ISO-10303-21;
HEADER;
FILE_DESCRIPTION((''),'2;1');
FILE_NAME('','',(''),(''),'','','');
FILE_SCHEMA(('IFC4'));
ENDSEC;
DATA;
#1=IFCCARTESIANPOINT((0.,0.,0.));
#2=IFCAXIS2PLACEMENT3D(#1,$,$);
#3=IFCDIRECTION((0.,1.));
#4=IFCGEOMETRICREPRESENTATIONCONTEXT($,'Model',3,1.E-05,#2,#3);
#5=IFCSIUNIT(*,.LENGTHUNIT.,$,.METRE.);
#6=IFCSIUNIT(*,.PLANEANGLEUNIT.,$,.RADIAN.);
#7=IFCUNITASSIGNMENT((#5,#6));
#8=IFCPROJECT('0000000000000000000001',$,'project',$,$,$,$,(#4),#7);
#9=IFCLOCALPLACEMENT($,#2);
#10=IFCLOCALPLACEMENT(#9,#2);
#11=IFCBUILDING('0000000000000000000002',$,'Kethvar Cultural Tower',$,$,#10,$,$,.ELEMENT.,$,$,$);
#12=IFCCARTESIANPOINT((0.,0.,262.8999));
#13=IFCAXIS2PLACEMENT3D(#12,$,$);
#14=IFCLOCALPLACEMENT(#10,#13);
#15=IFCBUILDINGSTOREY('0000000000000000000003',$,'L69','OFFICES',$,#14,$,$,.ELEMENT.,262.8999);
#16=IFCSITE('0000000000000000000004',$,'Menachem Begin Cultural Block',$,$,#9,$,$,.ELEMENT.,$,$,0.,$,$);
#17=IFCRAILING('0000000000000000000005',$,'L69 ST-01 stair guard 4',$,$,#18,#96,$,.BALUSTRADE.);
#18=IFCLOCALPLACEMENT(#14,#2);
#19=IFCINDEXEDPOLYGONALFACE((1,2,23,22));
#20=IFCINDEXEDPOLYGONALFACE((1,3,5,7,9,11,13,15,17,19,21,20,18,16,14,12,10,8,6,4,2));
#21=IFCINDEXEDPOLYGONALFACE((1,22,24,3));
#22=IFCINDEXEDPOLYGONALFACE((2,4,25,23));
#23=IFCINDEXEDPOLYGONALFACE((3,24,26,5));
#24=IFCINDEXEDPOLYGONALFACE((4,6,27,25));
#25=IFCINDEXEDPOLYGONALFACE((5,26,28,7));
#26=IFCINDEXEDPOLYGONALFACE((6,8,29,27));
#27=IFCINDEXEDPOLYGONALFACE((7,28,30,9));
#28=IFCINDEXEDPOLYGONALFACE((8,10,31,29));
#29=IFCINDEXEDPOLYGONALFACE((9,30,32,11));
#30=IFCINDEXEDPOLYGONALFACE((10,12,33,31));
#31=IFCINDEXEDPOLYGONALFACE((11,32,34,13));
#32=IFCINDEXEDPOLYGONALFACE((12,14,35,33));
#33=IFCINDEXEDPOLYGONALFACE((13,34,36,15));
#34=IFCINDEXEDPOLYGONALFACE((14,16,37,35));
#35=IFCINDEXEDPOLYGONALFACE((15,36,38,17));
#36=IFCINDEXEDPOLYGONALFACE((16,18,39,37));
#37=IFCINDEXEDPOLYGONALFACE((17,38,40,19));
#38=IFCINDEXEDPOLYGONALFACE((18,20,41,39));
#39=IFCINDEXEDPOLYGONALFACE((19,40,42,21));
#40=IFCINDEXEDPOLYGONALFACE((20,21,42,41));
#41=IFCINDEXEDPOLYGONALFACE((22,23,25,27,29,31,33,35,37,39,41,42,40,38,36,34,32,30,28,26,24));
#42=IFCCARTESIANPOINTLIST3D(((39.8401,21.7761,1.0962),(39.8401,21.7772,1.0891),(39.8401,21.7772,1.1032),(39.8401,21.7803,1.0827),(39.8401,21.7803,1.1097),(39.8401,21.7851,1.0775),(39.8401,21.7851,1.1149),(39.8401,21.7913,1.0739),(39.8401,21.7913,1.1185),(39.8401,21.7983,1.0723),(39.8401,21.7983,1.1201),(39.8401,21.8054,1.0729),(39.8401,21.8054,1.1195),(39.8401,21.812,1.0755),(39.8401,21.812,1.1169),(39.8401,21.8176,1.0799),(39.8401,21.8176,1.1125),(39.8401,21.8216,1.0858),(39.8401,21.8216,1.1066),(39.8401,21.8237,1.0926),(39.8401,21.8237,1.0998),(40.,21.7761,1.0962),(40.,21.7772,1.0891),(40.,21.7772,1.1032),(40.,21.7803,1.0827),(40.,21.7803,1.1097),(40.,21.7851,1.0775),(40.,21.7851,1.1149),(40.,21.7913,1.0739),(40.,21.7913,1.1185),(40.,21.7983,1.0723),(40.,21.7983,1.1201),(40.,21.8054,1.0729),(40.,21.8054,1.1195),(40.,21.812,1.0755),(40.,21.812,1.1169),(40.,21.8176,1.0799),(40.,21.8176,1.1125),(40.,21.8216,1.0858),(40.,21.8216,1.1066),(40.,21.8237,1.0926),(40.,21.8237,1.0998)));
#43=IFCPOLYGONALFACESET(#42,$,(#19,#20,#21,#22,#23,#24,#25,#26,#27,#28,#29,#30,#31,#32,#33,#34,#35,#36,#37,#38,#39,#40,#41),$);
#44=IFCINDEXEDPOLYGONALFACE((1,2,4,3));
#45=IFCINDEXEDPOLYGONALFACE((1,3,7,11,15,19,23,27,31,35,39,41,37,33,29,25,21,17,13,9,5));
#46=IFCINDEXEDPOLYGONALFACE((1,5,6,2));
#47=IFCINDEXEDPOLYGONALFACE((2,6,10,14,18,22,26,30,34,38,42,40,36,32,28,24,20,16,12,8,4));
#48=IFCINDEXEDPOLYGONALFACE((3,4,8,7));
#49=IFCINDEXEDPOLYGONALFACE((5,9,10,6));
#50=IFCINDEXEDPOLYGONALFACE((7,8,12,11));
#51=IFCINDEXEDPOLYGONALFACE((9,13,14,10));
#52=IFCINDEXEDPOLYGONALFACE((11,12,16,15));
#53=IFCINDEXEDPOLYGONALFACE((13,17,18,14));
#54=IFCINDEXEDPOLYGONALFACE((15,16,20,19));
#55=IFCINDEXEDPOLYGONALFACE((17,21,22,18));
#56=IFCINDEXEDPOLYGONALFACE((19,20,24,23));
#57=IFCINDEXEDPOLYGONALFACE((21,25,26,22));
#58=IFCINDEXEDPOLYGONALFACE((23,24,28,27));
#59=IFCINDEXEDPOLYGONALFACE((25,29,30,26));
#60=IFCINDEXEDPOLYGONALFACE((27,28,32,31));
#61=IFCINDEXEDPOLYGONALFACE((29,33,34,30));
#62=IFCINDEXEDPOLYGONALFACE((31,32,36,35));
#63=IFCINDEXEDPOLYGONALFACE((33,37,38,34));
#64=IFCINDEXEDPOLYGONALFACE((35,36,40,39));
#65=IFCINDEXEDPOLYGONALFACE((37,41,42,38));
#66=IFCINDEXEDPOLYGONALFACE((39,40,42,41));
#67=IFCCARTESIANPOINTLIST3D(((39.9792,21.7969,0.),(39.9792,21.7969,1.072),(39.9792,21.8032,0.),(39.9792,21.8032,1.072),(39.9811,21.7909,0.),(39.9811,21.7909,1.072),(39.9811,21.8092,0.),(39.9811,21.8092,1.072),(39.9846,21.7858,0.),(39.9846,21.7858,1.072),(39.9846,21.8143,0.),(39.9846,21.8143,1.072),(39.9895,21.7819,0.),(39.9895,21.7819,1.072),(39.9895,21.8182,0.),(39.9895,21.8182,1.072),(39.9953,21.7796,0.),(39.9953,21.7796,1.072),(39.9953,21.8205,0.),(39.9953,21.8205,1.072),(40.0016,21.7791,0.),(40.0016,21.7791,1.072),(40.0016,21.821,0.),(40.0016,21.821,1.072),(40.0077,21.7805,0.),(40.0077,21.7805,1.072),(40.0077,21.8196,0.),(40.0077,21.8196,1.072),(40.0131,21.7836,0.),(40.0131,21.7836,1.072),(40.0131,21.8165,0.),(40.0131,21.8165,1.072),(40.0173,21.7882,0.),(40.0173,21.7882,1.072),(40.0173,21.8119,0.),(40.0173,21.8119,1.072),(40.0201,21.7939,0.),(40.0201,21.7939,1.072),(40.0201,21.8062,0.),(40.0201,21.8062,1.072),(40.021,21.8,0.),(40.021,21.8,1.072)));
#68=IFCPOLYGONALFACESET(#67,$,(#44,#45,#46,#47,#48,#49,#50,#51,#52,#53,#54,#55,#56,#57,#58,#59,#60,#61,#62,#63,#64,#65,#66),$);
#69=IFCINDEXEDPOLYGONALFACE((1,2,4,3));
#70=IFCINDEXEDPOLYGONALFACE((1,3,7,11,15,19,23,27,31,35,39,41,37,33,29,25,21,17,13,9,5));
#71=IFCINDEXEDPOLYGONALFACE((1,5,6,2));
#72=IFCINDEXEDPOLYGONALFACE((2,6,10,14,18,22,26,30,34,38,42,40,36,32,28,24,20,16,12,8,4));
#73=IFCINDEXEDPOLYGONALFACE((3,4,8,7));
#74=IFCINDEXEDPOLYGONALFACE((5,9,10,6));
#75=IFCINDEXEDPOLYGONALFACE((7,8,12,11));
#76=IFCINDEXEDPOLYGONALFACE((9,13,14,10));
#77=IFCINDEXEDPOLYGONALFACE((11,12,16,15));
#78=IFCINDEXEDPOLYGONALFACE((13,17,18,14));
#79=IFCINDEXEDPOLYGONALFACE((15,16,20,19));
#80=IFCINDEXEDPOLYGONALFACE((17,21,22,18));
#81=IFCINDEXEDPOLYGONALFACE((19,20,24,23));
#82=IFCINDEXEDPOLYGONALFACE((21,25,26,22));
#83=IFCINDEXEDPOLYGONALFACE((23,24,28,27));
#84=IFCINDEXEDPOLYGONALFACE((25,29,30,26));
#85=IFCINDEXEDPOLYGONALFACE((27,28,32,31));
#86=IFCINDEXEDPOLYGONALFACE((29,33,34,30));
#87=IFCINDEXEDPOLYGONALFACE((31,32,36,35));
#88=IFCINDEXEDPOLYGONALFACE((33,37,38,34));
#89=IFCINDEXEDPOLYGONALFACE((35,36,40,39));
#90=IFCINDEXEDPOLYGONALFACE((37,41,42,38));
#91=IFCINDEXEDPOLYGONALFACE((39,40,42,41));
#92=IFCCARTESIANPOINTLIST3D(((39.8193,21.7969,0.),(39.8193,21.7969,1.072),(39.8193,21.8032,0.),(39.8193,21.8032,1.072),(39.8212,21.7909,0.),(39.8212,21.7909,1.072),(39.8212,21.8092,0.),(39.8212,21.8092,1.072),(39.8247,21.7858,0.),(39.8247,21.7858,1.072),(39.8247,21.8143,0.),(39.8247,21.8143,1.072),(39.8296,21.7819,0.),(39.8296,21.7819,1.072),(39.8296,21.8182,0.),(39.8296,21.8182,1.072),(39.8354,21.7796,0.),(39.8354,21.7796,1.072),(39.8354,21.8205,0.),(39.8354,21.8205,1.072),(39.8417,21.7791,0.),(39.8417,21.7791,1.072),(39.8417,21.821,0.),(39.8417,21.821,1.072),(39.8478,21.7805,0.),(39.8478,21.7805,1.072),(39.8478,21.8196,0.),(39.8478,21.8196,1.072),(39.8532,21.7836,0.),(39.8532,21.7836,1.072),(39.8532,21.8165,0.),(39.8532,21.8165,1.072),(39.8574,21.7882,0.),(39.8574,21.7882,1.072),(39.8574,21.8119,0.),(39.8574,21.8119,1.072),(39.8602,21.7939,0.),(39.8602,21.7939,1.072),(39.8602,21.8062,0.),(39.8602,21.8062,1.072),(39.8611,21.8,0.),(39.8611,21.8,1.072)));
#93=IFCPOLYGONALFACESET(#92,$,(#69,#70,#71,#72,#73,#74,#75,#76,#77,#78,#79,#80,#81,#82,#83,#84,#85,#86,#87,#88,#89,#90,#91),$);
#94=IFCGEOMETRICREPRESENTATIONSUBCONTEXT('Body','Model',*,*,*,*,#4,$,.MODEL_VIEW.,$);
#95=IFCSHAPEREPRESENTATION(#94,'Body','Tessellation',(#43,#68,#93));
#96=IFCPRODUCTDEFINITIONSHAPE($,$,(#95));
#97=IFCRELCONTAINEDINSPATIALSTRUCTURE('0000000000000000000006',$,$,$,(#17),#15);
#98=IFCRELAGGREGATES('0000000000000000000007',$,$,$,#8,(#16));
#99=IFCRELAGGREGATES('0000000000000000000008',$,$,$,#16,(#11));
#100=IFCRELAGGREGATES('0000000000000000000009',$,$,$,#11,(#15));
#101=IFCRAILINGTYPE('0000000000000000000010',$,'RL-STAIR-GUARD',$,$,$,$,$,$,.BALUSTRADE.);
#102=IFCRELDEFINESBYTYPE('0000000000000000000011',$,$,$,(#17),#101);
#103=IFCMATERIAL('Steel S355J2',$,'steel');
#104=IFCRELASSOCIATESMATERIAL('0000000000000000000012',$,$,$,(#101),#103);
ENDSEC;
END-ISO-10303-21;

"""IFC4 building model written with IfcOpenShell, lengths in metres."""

from ifc_helpers import new_model, si_unit, direction, frame, origin, origin_2d, place, context, subcontext, project, spatial, circle, extrude, material, type_object, element, save


model = new_model("IFC4")

# Units and contexts
model_context = context("Model", 3, precision=1e-05, world=origin(), true_north=direction((0.0, 1.0)))
body_context = subcontext(model_context, "Body", "Model", "MODEL_VIEW")
ifc_project = project(units=[si_unit("LENGTHUNIT", "METRE"), si_unit("PLANEANGLEUNIT", "RADIAN")], contexts=[model_context])

# Site, building, storey
site_placement = place(None, origin())
site = spatial("IfcSite", under=ifc_project, at=site_placement, Name="Menachem Begin Cultural Block", CompositionType="ELEMENT", RefElevation=0.0)
building_placement = place(site_placement, origin())
building = spatial("IfcBuilding", under=site, at=building_placement, Name="Kethvar Cultural Tower", CompositionType="ELEMENT")
storey_placement = place(building_placement, frame((0.0, 0.0, 262.8999)))
storey = spatial("IfcBuildingStorey", under=building, at=storey_placement, Name="L69", Description="OFFICES", CompositionType="ELEMENT", Elevation=262.8999)

# Shared definitions
ifc_material_1 = material(Name="Steel S355J2", Category="steel")

# Railing
railing_type_1 = type_object("IfcRailingType", Name="RL-STAIR-GUARD", PredefinedType="BALUSTRADE", material=ifc_material_1)
railing_1_placement = place(storey_placement, frame((40.0, 21.8, 0.0)))
element("IfcRailing", 1, at=railing_1_placement, inside=storey, type_object=railing_type_1, Name="L69 ST-01 stair guard 4", PredefinedType="BALUSTRADE", context=body_context, shape_type="SweptSolid", body=[
    extrude(circle(Radius=0.0239, at=origin_2d()), frame((0.0, 0.0, 1.0962), z_axis=(-1.0, 0.0, 0.0), x_axis=(0.0, -1.0, 0.0)), (0.0, 0.0, 1.0), 0.1599),
    extrude(circle(Radius=0.021, at=origin_2d()), origin(), (0.0, 0.0, 1.0), 1.072),
    extrude(circle(Radius=0.021, at=origin_2d()), frame((-0.1599, 0.0, 0.0)), (0.0, 0.0, 1.0), 1.072),
])

save(model, "model.ifc")
